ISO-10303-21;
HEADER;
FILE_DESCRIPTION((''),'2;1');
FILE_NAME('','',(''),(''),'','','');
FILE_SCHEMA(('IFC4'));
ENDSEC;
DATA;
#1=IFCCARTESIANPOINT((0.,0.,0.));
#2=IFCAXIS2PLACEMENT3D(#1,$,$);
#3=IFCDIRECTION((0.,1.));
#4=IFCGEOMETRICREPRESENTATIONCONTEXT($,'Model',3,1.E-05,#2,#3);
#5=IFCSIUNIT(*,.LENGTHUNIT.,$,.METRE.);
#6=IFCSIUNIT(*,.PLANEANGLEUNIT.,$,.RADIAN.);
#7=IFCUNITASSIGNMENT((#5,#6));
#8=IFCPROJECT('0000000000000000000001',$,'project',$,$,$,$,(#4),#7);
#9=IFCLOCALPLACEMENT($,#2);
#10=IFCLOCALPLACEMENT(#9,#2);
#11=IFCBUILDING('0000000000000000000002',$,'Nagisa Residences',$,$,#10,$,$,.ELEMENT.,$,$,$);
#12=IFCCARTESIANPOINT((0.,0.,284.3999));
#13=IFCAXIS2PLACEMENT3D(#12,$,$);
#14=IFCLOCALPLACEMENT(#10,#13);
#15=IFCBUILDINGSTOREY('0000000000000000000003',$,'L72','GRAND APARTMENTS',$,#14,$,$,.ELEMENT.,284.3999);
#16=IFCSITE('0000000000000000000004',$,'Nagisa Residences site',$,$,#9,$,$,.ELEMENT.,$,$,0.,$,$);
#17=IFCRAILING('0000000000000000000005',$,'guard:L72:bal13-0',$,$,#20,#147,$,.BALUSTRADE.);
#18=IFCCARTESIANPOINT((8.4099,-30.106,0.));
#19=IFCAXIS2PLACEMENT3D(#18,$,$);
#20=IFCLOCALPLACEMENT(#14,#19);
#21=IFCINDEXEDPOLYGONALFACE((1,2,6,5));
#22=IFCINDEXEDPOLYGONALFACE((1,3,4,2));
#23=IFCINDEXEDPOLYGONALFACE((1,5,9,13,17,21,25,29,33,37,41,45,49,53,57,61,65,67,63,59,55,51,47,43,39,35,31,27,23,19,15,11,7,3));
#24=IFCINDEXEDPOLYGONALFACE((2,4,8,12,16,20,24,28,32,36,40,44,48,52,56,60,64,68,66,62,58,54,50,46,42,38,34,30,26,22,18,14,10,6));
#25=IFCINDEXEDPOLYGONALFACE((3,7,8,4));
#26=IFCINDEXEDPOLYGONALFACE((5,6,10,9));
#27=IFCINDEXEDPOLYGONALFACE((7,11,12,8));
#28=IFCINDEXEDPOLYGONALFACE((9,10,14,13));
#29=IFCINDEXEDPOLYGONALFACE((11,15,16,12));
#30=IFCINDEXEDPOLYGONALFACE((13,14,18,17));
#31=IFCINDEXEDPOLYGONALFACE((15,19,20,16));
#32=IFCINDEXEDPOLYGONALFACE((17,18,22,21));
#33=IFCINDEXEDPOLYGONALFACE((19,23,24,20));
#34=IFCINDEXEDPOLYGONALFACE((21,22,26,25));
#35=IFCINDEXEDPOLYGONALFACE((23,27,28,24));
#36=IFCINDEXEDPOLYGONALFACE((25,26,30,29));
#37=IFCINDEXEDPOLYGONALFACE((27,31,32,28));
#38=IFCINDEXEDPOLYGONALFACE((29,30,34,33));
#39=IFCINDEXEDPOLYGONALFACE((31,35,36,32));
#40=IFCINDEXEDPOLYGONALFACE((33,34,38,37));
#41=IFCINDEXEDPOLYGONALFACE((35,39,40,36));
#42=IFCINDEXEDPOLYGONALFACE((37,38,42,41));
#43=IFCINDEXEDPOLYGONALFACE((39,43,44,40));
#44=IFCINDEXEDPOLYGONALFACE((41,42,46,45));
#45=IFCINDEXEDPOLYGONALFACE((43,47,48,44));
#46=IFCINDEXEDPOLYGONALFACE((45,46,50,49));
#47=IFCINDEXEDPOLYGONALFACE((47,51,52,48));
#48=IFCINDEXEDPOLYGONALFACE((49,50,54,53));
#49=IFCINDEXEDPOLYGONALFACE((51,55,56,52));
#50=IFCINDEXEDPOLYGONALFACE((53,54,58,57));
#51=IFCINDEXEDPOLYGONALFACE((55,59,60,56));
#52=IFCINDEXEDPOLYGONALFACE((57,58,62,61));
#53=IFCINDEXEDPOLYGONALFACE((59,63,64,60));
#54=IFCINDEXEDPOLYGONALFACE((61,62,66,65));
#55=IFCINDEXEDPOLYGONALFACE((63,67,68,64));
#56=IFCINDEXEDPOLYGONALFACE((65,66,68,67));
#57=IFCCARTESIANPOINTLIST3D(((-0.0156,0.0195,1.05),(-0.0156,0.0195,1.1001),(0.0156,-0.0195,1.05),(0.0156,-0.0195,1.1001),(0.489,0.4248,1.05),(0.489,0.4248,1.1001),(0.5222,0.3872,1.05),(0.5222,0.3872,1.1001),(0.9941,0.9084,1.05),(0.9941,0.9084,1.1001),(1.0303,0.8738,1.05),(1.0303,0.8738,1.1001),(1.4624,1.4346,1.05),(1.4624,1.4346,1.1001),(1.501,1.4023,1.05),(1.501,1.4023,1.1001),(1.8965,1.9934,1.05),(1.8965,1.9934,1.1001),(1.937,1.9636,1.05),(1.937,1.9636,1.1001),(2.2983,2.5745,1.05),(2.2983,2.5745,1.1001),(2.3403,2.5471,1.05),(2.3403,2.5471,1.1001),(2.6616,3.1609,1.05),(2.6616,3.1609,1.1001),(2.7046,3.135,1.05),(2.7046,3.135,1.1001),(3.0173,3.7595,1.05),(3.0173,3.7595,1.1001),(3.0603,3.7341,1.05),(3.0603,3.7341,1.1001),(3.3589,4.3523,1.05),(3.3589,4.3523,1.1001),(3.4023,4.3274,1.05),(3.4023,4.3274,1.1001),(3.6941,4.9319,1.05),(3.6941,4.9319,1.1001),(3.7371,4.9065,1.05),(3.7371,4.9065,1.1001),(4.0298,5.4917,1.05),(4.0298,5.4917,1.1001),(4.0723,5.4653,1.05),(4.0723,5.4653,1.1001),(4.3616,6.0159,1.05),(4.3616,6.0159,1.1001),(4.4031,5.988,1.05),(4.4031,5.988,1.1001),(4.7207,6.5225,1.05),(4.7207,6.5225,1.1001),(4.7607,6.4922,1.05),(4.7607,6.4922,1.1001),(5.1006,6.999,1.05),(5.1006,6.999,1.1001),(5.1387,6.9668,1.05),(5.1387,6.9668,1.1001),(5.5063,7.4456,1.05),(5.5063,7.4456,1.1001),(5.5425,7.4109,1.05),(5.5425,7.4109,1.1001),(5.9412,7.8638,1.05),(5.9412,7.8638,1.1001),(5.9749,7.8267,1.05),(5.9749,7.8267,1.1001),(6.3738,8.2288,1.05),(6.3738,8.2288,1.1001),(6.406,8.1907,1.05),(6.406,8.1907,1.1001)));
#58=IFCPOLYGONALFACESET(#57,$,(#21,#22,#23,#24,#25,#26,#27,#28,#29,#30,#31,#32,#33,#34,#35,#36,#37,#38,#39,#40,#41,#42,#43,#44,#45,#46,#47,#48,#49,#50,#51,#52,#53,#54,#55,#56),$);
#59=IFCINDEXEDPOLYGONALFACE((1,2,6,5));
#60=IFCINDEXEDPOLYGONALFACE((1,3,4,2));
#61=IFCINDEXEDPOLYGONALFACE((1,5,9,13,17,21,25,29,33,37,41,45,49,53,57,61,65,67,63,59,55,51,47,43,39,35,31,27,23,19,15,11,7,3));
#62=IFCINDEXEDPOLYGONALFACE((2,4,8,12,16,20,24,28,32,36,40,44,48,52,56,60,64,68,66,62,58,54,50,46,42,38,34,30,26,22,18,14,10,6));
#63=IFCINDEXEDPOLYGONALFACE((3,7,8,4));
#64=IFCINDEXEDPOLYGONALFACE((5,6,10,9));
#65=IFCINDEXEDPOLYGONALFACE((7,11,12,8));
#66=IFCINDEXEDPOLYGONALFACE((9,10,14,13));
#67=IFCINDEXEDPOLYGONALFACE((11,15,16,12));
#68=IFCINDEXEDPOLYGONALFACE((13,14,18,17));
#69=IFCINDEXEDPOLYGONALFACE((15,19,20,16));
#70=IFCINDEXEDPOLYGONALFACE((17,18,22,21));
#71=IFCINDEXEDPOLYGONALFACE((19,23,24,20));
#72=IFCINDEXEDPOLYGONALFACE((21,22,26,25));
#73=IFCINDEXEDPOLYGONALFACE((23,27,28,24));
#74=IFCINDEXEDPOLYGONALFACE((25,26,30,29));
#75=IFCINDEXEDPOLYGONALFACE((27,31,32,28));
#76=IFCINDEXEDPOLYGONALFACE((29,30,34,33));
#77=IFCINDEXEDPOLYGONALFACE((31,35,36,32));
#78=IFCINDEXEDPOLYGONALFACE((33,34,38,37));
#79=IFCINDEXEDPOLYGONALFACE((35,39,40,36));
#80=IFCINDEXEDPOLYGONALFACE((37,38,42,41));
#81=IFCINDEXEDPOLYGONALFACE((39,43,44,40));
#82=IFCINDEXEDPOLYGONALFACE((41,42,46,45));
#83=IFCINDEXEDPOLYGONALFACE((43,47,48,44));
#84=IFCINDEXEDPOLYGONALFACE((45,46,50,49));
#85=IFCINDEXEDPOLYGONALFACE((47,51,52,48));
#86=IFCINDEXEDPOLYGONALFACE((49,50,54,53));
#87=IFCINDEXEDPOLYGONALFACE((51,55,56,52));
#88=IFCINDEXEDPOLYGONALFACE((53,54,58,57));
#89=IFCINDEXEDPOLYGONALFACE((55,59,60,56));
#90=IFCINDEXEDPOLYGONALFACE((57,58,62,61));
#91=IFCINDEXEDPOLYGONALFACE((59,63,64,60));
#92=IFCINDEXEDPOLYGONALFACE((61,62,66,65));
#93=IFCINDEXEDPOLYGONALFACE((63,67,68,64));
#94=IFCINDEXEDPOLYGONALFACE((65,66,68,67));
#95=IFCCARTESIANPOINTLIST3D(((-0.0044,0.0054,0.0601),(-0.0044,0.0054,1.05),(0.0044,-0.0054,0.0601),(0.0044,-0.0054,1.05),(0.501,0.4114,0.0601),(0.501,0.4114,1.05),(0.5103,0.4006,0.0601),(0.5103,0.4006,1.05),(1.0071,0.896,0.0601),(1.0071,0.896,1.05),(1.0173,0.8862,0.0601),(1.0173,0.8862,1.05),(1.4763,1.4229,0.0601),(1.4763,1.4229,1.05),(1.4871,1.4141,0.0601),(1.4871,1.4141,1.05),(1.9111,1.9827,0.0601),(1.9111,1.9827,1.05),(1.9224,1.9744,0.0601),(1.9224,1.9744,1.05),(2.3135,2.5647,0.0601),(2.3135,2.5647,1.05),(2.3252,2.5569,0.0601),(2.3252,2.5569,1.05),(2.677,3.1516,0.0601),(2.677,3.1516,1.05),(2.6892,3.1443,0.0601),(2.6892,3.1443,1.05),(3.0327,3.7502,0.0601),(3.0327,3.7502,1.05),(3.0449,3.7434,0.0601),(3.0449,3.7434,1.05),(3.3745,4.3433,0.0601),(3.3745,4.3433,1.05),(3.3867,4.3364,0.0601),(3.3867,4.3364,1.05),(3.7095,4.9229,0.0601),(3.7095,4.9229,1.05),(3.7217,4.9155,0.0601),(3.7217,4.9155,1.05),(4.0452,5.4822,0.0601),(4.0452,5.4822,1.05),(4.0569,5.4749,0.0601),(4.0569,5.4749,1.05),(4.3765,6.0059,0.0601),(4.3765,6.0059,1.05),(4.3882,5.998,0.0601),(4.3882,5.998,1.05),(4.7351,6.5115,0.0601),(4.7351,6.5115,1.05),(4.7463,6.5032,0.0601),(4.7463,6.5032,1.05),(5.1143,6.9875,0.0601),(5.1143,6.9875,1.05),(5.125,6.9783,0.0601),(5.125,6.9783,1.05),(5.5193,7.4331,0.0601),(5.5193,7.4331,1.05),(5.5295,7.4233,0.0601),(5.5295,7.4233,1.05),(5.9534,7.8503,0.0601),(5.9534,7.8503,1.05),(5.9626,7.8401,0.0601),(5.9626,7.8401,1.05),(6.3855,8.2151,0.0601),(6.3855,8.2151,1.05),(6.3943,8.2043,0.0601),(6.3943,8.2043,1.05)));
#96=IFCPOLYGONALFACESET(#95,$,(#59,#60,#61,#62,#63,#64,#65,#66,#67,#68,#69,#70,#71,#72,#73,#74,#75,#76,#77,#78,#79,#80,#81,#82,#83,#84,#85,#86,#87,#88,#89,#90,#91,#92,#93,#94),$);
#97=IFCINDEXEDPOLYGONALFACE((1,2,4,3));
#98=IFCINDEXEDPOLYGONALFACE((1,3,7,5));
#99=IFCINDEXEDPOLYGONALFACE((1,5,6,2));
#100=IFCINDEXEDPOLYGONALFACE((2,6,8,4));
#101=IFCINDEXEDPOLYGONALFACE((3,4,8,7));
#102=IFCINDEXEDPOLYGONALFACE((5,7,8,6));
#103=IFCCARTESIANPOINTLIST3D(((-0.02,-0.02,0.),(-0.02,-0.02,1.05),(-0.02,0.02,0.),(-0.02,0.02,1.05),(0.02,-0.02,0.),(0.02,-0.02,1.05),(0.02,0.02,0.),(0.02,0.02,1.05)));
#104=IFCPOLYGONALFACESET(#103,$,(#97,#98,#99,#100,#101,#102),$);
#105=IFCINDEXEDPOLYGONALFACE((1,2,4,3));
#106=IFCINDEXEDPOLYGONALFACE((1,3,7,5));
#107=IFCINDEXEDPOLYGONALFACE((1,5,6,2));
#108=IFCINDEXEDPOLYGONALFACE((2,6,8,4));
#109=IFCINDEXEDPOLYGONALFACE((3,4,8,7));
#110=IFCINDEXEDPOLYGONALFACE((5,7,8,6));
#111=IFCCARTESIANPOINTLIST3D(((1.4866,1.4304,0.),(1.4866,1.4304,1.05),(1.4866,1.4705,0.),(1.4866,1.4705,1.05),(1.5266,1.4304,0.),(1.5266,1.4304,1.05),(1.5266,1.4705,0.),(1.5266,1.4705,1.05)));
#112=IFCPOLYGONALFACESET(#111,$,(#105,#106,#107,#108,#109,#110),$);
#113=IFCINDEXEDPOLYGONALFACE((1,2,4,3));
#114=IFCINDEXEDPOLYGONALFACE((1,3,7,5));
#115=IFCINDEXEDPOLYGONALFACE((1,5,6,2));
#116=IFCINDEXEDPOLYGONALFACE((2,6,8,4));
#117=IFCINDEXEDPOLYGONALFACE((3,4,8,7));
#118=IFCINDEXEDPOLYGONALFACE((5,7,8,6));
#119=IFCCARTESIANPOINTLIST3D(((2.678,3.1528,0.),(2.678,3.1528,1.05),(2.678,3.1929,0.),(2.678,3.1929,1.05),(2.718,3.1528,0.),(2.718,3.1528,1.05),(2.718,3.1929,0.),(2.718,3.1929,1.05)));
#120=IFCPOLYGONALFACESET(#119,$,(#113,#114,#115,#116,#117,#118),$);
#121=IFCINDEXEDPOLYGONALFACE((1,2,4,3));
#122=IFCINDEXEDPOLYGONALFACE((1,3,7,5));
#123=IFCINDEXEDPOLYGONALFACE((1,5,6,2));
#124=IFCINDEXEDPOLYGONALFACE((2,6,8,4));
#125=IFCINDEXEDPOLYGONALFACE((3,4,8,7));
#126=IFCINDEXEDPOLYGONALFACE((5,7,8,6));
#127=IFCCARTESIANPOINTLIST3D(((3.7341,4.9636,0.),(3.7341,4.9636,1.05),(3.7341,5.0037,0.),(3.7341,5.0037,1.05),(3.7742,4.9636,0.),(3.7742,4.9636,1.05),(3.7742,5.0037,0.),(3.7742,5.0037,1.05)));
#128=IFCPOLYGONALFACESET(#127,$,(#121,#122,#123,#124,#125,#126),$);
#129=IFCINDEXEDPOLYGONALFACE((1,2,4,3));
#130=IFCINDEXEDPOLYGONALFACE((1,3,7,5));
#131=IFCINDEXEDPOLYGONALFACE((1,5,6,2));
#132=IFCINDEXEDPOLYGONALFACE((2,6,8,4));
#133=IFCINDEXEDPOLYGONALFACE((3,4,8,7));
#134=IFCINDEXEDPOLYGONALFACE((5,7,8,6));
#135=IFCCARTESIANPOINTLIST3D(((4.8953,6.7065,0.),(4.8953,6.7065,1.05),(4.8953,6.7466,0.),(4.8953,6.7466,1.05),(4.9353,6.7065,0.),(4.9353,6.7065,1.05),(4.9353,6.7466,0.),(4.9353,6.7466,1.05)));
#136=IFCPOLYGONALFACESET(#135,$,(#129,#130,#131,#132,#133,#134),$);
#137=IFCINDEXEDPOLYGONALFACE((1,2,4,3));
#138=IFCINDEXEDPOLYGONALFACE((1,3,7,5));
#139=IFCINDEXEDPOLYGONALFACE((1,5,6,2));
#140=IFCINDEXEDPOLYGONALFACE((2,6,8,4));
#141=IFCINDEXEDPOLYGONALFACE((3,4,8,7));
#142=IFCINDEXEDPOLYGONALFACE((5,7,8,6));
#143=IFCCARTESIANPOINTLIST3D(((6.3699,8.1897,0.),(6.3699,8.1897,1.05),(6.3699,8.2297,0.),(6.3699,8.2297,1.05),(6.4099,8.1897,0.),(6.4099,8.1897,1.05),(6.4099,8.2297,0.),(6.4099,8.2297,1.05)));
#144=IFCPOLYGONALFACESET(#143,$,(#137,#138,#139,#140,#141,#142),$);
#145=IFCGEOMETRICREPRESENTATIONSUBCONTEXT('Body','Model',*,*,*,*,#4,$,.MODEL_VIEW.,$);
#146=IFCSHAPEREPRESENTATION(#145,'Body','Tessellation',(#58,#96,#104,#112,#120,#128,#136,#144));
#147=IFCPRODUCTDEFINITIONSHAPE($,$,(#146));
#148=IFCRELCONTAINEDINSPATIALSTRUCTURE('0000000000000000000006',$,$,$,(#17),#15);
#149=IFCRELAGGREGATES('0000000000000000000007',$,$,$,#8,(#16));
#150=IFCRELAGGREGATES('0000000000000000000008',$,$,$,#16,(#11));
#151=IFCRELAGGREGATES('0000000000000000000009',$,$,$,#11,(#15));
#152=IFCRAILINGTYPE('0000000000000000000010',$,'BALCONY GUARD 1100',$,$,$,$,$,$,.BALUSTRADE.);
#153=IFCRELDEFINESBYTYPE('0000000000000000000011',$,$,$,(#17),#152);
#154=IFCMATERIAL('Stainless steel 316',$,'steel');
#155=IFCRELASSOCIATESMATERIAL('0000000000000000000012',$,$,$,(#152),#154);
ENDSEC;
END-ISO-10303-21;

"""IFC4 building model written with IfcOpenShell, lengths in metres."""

from ifc_helpers import new_model, si_unit, direction, frame, origin, origin_2d, place, context, subcontext, project, spatial, polyline, rectangle, outline, extrude, material, type_object, element, save


model = new_model("IFC4")

# Units and contexts
model_context = context("Model", 3, precision=1e-05, world=origin(), true_north=direction((0.0, 1.0)))
body_context = subcontext(model_context, "Body", "Model", "MODEL_VIEW")
ifc_project = project(units=[si_unit("LENGTHUNIT", "METRE"), si_unit("PLANEANGLEUNIT", "RADIAN")], contexts=[model_context])

# Site, building, storey
site_placement = place(None, origin())
site = spatial("IfcSite", under=ifc_project, at=site_placement, Name="Nagisa Residences site", CompositionType="ELEMENT", RefElevation=0.0)
building_placement = place(site_placement, origin())
building = spatial("IfcBuilding", under=site, at=building_placement, Name="Nagisa Residences", CompositionType="ELEMENT")
storey_placement = place(building_placement, frame((0.0, 0.0, 284.3999)))
storey = spatial("IfcBuildingStorey", under=building, at=storey_placement, Name="L72", Description="GRAND APARTMENTS", CompositionType="ELEMENT", Elevation=284.3999)

# Railing
ifc_material_1 = material(Name="Stainless steel 316", Category="steel")
railing_type = type_object("IfcRailingType", Name="BALCONY GUARD 1100", PredefinedType="BALUSTRADE", material=ifc_material_1)
railing_placement = place(storey_placement, frame((8.4099, -30.106, 0.0)))
element("IfcRailing", 1, at=railing_placement, inside=storey, type_object=railing_type, Name="guard:L72:bal13-0", PredefinedType="BALUSTRADE", context=body_context, shape_type="SweptSolid", body=[
    extrude(outline(polyline([(0.489, 0.4248), (-0.0156, 0.0195), (0.0156, -0.0195), (0.5222, 0.3872), (1.0303, 0.8738), (1.501, 1.4023), (1.937, 1.9636), (2.3403, 2.5471), (2.7046, 3.135), (3.0603, 3.7341), (3.4023, 4.3274), (3.7371, 4.9065), (4.0723, 5.4653), (4.4031, 5.988), (4.7607, 6.4922), (5.1387, 6.9668), (5.5425, 7.4109), (5.9749, 7.8267), (6.406, 8.1907), (6.3738, 8.2288), (5.9412, 7.8638), (5.5063, 7.4456), (5.1006, 6.999), (4.7207, 6.5225), (4.3616, 6.0159), (4.0298, 5.4917), (3.6941, 4.9319), (3.3589, 4.3523), (3.0173, 3.7595), (2.6616, 3.1609), (2.2983, 2.5745), (1.8965, 1.9934), (1.4624, 1.4346), (0.9941, 0.9084), (0.489, 0.4248)])), frame((0.0, 0.0, 1.05)), (0.0, 0.0, 1.0), 0.05),
    extrude(outline(polyline([(0.501, 0.4114), (-0.0044, 0.0054), (0.0044, -0.0054), (0.5103, 0.4006), (1.0173, 0.8862), (1.4871, 1.4141), (1.9224, 1.9744), (2.3252, 2.5569), (2.6892, 3.1443), (3.0449, 3.7434), (3.3867, 4.3364), (3.7217, 4.9155), (4.0569, 5.4749), (4.3882, 5.998), (4.7463, 6.5032), (5.125, 6.9783), (5.5295, 7.4233), (5.9626, 7.8401), (6.3943, 8.2043), (6.3855, 8.2151), (5.9534, 7.8503), (5.5193, 7.4331), (5.1143, 6.9875), (4.7351, 6.5115), (4.3765, 6.0059), (4.0452, 5.4822), (3.7095, 4.9229), (3.3745, 4.3433), (3.0327, 3.7502), (2.677, 3.1516), (2.3135, 2.5647), (1.9111, 1.9827), (1.4763, 1.4229), (1.0071, 0.896), (0.501, 0.4114)])), frame((0.0, 0.0, 0.0601)), (0.0, 0.0, 1.0), 0.99),
    extrude(rectangle(XDim=0.04, YDim=0.04, at=origin_2d()), origin(), (0.0, 0.0, 1.0), 1.05),
    extrude(rectangle(XDim=0.04, YDim=0.04, at=origin_2d()), frame((1.5066, 1.4504, 0.0)), (0.0, 0.0, 1.0), 1.05),
    extrude(rectangle(XDim=0.04, YDim=0.04, at=origin_2d()), frame((2.698, 3.1729, 0.0)), (0.0, 0.0, 1.0), 1.05),
    extrude(rectangle(XDim=0.04, YDim=0.04, at=origin_2d()), frame((3.7542, 4.9836, 0.0)), (0.0, 0.0, 1.0), 1.05),
    extrude(rectangle(XDim=0.04, YDim=0.04, at=origin_2d()), frame((4.9153, 6.7266, 0.0)), (0.0, 0.0, 1.0), 1.05),
    extrude(rectangle(XDim=0.04, YDim=0.04, at=origin_2d()), frame((6.3899, 8.2097, 0.0)), (0.0, 0.0, 1.0), 1.05),
])

save(model, "model.ifc")
